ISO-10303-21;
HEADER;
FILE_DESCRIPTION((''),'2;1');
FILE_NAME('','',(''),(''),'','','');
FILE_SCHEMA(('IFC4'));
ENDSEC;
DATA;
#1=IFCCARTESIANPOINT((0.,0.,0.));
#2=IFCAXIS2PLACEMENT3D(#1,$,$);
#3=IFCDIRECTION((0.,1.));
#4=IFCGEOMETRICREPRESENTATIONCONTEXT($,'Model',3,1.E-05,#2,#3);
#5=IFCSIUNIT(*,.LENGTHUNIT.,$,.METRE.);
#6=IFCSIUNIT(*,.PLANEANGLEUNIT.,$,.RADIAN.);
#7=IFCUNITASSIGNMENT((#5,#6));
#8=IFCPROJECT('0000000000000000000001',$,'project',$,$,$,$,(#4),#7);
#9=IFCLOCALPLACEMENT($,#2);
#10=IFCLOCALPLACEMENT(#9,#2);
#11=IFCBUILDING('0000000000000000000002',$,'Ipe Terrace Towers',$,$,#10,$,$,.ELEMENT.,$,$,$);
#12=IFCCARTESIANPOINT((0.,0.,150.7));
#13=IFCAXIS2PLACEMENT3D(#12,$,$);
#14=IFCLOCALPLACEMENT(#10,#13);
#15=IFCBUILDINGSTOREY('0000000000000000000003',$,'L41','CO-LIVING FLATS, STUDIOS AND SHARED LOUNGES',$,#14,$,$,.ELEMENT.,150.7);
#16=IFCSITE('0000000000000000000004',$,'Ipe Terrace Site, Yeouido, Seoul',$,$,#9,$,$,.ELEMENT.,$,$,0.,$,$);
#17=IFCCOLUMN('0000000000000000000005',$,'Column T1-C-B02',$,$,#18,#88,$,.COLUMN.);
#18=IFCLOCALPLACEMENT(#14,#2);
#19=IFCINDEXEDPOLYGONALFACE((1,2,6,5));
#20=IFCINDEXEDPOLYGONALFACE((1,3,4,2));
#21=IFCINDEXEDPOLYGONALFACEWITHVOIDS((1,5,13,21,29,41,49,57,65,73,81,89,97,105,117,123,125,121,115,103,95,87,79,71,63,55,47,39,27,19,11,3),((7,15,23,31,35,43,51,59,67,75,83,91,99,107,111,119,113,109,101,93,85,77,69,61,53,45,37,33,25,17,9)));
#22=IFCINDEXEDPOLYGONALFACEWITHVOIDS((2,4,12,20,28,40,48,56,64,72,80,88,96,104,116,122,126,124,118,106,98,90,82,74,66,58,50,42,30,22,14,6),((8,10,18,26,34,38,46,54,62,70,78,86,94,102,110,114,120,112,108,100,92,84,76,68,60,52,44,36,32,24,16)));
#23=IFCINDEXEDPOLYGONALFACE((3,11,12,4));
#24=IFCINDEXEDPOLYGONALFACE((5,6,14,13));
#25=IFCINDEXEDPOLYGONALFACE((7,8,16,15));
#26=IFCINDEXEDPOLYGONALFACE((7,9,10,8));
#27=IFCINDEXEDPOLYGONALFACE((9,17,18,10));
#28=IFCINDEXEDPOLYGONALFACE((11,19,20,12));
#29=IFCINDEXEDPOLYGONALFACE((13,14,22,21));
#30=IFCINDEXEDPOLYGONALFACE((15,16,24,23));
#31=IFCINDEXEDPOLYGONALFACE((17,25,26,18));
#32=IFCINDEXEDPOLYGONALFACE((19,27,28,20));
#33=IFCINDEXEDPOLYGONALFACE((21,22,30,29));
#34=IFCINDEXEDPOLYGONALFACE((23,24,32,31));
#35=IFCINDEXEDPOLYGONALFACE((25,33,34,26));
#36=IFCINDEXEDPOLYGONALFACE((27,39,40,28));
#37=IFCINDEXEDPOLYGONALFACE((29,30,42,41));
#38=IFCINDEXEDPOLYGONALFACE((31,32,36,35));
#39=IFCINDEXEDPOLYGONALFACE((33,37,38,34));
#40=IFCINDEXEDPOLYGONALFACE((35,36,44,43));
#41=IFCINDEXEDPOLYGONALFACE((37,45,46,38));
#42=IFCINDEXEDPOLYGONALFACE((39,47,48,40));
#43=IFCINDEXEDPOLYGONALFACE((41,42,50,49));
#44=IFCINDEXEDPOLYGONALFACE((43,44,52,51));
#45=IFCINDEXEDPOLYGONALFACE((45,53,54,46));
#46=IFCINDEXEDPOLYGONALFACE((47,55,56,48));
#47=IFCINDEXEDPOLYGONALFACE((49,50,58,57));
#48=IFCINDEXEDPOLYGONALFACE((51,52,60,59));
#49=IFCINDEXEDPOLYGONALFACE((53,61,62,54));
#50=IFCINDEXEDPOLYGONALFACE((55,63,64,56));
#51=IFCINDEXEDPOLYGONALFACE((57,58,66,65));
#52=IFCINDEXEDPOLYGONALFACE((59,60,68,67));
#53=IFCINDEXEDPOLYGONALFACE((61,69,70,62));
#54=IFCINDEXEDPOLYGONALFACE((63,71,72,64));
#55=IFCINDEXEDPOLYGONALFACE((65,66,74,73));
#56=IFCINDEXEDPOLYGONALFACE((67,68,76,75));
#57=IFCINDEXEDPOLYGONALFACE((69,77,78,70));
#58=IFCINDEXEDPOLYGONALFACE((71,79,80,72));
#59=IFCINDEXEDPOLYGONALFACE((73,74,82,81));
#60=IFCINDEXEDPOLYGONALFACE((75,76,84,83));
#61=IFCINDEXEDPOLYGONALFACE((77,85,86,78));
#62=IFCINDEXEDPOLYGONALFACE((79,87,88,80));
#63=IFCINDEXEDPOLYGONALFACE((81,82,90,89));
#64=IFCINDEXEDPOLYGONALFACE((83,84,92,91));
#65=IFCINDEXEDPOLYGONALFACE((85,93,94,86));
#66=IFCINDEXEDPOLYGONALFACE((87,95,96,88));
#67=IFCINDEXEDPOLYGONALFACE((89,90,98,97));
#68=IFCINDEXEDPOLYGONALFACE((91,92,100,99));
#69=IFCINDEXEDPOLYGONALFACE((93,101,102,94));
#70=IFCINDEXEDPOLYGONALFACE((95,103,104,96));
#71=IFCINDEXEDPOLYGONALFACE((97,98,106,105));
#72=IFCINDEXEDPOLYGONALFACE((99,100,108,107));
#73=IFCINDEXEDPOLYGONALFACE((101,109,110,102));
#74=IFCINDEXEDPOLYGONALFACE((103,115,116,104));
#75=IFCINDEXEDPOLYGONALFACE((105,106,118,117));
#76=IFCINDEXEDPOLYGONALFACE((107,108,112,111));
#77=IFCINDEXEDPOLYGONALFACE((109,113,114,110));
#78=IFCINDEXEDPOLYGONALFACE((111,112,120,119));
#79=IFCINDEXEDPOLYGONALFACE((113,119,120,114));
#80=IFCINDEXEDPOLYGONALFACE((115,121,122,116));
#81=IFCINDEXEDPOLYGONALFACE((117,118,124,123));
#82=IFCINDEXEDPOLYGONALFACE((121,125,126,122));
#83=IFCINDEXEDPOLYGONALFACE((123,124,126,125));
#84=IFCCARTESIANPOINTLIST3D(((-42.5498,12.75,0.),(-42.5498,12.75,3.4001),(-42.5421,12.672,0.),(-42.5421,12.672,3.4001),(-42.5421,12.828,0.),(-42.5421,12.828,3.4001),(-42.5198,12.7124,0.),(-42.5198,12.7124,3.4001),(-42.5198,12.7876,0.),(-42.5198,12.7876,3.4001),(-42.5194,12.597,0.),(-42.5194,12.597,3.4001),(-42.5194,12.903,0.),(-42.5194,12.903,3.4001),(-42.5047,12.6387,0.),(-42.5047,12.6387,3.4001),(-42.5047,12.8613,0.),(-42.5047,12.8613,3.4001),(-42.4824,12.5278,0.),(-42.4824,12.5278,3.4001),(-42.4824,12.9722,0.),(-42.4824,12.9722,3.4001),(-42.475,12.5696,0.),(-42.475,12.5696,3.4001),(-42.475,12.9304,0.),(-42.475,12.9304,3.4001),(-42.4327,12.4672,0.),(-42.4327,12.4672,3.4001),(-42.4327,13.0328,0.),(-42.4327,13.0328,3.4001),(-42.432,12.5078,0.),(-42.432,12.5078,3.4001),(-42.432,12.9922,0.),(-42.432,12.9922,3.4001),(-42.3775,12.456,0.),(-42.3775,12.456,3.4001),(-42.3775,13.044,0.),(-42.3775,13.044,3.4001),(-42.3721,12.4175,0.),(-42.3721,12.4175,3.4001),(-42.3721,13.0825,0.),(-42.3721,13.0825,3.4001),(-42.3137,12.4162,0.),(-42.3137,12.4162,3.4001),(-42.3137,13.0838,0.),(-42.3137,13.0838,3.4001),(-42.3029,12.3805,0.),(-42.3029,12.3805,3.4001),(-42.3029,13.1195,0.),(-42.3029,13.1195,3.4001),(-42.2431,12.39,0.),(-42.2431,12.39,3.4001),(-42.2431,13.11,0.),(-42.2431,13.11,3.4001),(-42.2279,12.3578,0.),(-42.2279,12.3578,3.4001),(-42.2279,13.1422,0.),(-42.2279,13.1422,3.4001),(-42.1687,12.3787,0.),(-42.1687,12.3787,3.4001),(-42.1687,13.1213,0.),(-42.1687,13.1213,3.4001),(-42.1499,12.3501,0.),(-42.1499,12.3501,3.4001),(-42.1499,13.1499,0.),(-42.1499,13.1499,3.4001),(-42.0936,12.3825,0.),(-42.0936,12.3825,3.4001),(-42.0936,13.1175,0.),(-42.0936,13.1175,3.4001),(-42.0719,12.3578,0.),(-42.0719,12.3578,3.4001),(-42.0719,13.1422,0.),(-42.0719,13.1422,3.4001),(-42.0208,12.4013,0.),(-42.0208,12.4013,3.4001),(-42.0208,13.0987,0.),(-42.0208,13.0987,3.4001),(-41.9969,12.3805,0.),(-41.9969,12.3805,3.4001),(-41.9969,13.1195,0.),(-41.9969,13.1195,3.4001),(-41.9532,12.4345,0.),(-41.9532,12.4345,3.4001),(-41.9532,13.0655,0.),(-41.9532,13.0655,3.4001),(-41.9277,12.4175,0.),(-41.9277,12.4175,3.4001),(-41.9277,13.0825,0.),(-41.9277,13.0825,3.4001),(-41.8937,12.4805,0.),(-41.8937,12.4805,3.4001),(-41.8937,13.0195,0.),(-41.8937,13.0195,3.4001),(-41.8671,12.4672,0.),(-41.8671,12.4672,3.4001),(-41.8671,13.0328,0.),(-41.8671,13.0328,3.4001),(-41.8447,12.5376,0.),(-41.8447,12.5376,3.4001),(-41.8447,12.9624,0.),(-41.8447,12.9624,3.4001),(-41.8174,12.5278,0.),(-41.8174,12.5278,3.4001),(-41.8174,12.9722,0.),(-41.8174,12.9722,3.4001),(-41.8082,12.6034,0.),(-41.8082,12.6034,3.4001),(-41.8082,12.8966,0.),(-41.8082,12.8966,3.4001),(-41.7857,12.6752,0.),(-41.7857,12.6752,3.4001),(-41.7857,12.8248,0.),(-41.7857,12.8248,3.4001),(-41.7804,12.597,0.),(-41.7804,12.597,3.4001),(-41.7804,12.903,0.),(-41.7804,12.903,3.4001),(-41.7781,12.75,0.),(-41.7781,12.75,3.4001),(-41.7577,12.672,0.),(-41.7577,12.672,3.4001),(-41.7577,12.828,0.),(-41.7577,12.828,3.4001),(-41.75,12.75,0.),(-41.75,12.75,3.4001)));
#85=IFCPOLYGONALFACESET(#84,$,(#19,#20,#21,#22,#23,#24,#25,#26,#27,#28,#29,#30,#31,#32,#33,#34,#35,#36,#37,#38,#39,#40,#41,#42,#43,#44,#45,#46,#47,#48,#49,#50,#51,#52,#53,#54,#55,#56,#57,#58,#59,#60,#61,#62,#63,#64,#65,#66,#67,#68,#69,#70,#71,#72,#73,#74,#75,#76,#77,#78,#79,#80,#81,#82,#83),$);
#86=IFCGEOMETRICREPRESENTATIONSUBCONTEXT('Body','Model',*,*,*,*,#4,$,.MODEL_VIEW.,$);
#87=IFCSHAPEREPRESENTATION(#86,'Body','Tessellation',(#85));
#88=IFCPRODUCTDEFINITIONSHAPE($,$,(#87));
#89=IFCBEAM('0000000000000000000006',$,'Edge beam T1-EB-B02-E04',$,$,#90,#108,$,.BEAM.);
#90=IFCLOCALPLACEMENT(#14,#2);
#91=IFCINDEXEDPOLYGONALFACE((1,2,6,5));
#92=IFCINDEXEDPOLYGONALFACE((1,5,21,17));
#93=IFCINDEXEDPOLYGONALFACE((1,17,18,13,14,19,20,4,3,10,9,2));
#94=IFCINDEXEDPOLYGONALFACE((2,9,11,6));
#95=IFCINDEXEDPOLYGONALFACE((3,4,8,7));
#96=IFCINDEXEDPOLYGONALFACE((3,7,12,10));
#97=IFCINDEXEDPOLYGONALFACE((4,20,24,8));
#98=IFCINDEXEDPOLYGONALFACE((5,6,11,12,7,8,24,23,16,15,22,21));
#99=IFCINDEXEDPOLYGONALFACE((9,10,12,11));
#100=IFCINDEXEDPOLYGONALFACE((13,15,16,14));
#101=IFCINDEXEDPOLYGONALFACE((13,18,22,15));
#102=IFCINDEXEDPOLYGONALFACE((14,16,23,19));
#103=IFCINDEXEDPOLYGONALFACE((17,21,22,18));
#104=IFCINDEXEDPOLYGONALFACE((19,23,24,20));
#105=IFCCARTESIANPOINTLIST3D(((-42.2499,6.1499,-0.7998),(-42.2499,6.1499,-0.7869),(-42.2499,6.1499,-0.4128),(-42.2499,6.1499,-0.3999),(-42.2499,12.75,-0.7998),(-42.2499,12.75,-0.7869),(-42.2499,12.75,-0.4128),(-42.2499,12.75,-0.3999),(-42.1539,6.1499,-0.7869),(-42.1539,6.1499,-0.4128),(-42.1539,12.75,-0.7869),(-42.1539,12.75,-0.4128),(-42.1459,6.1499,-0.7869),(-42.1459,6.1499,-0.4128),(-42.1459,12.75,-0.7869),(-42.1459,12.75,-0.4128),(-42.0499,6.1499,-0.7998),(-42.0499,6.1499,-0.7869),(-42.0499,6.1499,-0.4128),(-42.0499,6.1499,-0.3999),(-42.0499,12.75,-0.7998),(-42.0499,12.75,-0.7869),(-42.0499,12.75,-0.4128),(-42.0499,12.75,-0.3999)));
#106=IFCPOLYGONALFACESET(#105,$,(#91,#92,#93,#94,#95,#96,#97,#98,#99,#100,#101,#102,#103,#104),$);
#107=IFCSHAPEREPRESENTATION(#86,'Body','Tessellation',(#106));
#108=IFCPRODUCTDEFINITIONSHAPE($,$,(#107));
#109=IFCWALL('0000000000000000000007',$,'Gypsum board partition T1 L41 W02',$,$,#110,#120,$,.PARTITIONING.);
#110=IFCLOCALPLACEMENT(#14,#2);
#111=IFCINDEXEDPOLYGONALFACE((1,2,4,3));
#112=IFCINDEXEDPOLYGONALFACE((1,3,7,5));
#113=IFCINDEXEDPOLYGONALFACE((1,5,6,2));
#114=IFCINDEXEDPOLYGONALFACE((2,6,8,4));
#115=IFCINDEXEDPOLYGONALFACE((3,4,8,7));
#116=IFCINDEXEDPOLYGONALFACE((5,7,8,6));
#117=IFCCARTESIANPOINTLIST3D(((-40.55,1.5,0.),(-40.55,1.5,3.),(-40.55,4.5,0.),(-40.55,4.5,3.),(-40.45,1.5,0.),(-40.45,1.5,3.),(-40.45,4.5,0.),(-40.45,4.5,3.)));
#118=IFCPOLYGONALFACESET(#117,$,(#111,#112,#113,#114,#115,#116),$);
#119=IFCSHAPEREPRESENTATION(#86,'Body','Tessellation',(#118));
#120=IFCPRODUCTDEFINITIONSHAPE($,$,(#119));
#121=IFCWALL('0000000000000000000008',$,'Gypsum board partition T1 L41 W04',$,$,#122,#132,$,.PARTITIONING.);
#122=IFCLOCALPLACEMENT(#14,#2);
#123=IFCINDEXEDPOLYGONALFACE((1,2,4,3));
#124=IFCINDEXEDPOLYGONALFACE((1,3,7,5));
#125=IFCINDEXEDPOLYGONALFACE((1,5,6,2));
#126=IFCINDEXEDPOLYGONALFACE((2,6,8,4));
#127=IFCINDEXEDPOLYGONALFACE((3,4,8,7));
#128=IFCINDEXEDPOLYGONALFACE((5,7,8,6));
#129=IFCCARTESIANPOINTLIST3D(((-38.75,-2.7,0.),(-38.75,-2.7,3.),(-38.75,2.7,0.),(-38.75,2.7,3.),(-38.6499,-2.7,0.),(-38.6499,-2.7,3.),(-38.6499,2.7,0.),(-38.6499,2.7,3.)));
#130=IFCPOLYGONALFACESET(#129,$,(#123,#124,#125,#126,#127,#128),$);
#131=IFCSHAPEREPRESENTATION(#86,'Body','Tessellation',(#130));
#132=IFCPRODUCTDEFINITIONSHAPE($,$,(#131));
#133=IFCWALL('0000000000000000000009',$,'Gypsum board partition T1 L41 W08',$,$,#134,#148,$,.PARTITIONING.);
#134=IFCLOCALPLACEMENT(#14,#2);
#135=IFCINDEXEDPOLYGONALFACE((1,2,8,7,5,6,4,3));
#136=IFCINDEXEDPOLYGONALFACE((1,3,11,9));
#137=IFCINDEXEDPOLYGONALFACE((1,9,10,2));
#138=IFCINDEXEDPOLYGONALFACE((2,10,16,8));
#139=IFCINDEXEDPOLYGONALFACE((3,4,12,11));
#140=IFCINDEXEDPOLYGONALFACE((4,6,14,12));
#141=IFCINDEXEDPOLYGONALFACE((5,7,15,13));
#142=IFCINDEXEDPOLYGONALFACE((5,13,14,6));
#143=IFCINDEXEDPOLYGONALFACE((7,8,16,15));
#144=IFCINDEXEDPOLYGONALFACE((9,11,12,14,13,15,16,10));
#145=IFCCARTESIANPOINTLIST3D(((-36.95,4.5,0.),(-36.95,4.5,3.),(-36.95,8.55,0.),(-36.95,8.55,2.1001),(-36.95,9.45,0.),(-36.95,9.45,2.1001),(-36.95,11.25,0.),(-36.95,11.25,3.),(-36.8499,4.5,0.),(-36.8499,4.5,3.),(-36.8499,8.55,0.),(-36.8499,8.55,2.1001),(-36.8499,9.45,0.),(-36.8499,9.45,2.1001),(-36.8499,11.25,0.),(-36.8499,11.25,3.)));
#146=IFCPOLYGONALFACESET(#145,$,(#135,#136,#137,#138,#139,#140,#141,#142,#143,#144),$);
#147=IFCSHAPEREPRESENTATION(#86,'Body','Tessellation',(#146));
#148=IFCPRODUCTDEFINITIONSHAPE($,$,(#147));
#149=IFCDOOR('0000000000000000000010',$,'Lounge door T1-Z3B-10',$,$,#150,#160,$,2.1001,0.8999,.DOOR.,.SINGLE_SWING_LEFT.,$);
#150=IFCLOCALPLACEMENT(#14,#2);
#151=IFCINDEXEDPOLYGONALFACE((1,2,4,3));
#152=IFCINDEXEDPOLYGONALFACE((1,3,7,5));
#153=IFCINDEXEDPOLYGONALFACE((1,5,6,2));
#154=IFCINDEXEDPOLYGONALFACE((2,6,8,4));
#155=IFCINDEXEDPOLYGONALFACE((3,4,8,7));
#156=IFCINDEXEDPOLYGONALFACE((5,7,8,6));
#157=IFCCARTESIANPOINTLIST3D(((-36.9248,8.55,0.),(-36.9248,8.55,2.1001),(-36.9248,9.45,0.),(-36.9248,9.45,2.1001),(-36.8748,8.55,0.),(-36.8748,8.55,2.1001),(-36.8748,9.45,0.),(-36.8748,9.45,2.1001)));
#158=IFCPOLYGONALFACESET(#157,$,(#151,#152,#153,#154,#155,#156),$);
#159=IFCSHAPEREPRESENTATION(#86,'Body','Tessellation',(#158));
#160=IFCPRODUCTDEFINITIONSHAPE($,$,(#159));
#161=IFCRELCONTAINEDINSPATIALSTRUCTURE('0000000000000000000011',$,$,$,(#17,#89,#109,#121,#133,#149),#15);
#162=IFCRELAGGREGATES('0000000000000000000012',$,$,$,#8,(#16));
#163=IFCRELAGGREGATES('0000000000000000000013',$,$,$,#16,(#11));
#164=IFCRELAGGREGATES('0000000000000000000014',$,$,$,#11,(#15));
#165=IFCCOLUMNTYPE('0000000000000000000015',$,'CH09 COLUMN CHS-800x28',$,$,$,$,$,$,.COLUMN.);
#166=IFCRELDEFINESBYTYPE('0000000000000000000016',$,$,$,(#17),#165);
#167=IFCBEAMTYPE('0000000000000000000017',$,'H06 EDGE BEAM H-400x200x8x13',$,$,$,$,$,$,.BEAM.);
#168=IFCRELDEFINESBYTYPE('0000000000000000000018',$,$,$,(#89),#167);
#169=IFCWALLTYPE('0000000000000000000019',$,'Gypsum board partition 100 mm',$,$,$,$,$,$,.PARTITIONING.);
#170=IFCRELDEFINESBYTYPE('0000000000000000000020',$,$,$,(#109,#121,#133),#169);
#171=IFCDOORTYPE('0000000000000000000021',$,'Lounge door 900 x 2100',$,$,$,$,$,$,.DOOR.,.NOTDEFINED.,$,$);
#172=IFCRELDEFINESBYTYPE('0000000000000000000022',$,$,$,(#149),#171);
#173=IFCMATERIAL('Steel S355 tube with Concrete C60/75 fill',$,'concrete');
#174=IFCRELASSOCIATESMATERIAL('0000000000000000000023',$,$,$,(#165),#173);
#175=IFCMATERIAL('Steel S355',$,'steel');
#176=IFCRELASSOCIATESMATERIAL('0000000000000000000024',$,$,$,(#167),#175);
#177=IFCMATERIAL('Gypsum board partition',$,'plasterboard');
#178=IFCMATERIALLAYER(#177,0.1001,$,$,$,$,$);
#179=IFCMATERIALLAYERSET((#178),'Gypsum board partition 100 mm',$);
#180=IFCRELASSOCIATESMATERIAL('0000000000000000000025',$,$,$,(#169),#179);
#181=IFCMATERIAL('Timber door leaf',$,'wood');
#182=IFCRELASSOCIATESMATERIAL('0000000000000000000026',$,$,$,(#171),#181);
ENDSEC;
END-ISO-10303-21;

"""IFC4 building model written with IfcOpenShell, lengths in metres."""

from ifc_helpers import new_model, si_unit, direction, frame, frame_2d, origin, origin_2d, place, context, subcontext, project, spatial, rectangle, hollow_circle, i_section, extrude, material, layer, layer_set, material_profile, profile_set, type_object, element, fill, save


model = new_model("IFC4")

# Units and contexts
model_context = context("Model", 3, precision=1e-05, world=origin(), true_north=direction((0.0, 1.0)))
body_context = subcontext(model_context, "Body", "Model", "MODEL_VIEW")
ifc_project = project(units=[si_unit("LENGTHUNIT", "METRE"), si_unit("PLANEANGLEUNIT", "RADIAN")], contexts=[model_context])

# Site, building, storey
site_placement = place(None, origin())
site = spatial("IfcSite", under=ifc_project, at=site_placement, Name="Ipe Terrace Site, Yeouido, Seoul", CompositionType="ELEMENT", RefElevation=0.0)
building_placement = place(site_placement, origin())
building = spatial("IfcBuilding", under=site, at=building_placement, Name="Ipe Terrace Towers", CompositionType="ELEMENT")
storey_placement = place(building_placement, frame((0.0, 0.0, 150.7)))
storey = spatial("IfcBuildingStorey", under=building, at=storey_placement, Name="L41", Description="CO-LIVING FLATS, STUDIOS AND SHARED LOUNGES", CompositionType="ELEMENT", Elevation=150.7)

# Column
ifc_material_1 = material(Name="Steel S355 tube with Concrete C60/75 fill", Category="concrete")
ifc_material_profile_1 = material_profile(ifc_material_1, hollow_circle(Radius=0.3999, WallThickness=0.0281, at=origin_2d()), Name="CHS-800x28")
ifc_profile_set_1 = profile_set([ifc_material_profile_1], Name="Steel S355 tube with Concrete C60/75 fill")
column_type = type_object("IfcColumnType", Name="CH09 COLUMN CHS-800x28", PredefinedType="COLUMN", material=ifc_profile_set_1)
column_placement = place(storey_placement, frame((-42.1499, 12.75, 0.0), z_axis=(0.0, 0.0, 1.0), x_axis=(1.0, 0.0, 0.0)))
element("IfcColumn", 1, at=column_placement, inside=storey, type_object=column_type, Name="Column T1-C-B02", PredefinedType="COLUMN", context=body_context, shape_type="SweptSolid", body=[
    extrude(hollow_circle(Radius=0.3999, WallThickness=0.0281, at=origin_2d()), origin(), (0.0, 0.0, 1.0), 3.4001),
])

# Beam
ifc_material_2 = material(Name="Steel S355", Category="steel")
ifc_material_profile_2 = material_profile(ifc_material_2, i_section(OverallWidth=0.2, OverallDepth=0.3999, WebThickness=0.0081, FlangeThickness=0.0129, at=origin_2d()), Name="H-400x200x8x13")
ifc_profile_set_2 = profile_set([ifc_material_profile_2], Name="Steel S355")
beam_type = type_object("IfcBeamType", Name="H06 EDGE BEAM H-400x200x8x13", PredefinedType="BEAM", material=ifc_profile_set_2)
beam_placement = place(storey_placement, frame((-42.1499, 12.75, -0.5999), z_axis=(0.0, -1.0, 0.0), x_axis=(1.0, 0.0, 0.0)))
element("IfcBeam", 2, at=beam_placement, inside=storey, type_object=beam_type, Name="Edge beam T1-EB-B02-E04", PredefinedType="BEAM", context=body_context, shape_type="SweptSolid", body=[
    extrude(i_section(OverallWidth=0.2, OverallDepth=0.3999, WebThickness=0.0081, FlangeThickness=0.0129, at=origin_2d()), origin(), (0.0, 0.0, 1.0), 6.6001),
])

# Walls
ifc_material_3 = material(Name="Gypsum board partition", Category="plasterboard")
ifc_layer = layer(ifc_material_3, 0.1001)
ifc_layer_set = layer_set([ifc_layer], Name="Gypsum board partition 100 mm")
wall_type = type_object("IfcWallType", Name="Gypsum board partition 100 mm", PredefinedType="PARTITIONING", material=ifc_layer_set)
wall_1_placement = place(storey_placement, frame((-40.5, 1.5, 0.0), z_axis=(0.0, 0.0, 1.0), x_axis=(0.0, 1.0, 0.0)))
element("IfcWall", 3, at=wall_1_placement, inside=storey, type_object=wall_type, Name="Gypsum board partition T1 L41 W02", PredefinedType="PARTITIONING", context=body_context, shape_type="SweptSolid", body=[
    extrude(rectangle(XDim=3.0, YDim=0.1001, at=frame_2d((1.5, 0.0))), origin(), (0.0, 0.0, 1.0), 3.0),
])
wall_2_placement = place(storey_placement, frame((-38.7, -2.7, 0.0), z_axis=(0.0, 0.0, 1.0), x_axis=(0.0, 1.0, 0.0)))
element("IfcWall", 4, at=wall_2_placement, inside=storey, type_object=wall_type, Name="Gypsum board partition T1 L41 W04", PredefinedType="PARTITIONING", context=body_context, shape_type="SweptSolid", body=[
    extrude(rectangle(XDim=5.3999, YDim=0.1001, at=frame_2d((2.7, 0.0))), origin(), (0.0, 0.0, 1.0), 3.0),
])

# Wall, opening, door
wall_3_placement = place(storey_placement, frame((-36.8999, 4.5, 0.0), z_axis=(0.0, 0.0, 1.0), x_axis=(0.0, 1.0, 0.0)))
wall_3 = element("IfcWall", 5, at=wall_3_placement, inside=storey, type_object=wall_type, Name="Gypsum board partition T1 L41 W08", PredefinedType="PARTITIONING", context=body_context, shape_type="SweptSolid", body=[
    extrude(rectangle(XDim=6.75, YDim=0.1001, at=frame_2d((3.375, 0.0))), origin(), (0.0, 0.0, 1.0), 3.0),
])
opening_1_placement = place(wall_3_placement, frame((4.05, 0.0, 0.0)))
opening_1 = element("IfcOpeningElement", 6, at=opening_1_placement, cuts=wall_3, PredefinedType="OPENING", context=body_context, shape_type="SweptSolid", body=[
    extrude(rectangle(XDim=0.8999, YDim=2.1001, at=frame_2d((0.45, 1.05))), frame((0.0, 0.0601, 0.0), z_axis=(0.0, -1.0, 0.0), x_axis=(1.0, 0.0, 0.0)), (0.0, 0.0, 1.0), 0.1201),
])
ifc_material_4 = material(Name="Timber door leaf", Category="wood")
door_type = type_object("IfcDoorType", Name="Lounge door 900 x 2100", OperationType="NOTDEFINED", PredefinedType="DOOR", material=ifc_material_4)
door_1_placement = place(opening_1_placement, origin())
door_1 = element("IfcDoor", 7, at=door_1_placement, inside=storey, type_object=door_type, Name="Lounge door T1-Z3B-10", OperationType="SINGLE_SWING_LEFT", OverallHeight=2.1001, OverallWidth=0.8999, PredefinedType="DOOR", context=body_context, shape_type="SweptSolid", body=[
    extrude(rectangle(XDim=0.8999, YDim=2.1001, at=frame_2d((0.45, 1.05))), frame((0.0, 0.0249, 0.0), z_axis=(0.0, -1.0, 0.0), x_axis=(1.0, 0.0, 0.0)), (0.0, 0.0, 1.0), 0.05),
])
fill(opening_1, door_1)

save(model, "model.ifc")
